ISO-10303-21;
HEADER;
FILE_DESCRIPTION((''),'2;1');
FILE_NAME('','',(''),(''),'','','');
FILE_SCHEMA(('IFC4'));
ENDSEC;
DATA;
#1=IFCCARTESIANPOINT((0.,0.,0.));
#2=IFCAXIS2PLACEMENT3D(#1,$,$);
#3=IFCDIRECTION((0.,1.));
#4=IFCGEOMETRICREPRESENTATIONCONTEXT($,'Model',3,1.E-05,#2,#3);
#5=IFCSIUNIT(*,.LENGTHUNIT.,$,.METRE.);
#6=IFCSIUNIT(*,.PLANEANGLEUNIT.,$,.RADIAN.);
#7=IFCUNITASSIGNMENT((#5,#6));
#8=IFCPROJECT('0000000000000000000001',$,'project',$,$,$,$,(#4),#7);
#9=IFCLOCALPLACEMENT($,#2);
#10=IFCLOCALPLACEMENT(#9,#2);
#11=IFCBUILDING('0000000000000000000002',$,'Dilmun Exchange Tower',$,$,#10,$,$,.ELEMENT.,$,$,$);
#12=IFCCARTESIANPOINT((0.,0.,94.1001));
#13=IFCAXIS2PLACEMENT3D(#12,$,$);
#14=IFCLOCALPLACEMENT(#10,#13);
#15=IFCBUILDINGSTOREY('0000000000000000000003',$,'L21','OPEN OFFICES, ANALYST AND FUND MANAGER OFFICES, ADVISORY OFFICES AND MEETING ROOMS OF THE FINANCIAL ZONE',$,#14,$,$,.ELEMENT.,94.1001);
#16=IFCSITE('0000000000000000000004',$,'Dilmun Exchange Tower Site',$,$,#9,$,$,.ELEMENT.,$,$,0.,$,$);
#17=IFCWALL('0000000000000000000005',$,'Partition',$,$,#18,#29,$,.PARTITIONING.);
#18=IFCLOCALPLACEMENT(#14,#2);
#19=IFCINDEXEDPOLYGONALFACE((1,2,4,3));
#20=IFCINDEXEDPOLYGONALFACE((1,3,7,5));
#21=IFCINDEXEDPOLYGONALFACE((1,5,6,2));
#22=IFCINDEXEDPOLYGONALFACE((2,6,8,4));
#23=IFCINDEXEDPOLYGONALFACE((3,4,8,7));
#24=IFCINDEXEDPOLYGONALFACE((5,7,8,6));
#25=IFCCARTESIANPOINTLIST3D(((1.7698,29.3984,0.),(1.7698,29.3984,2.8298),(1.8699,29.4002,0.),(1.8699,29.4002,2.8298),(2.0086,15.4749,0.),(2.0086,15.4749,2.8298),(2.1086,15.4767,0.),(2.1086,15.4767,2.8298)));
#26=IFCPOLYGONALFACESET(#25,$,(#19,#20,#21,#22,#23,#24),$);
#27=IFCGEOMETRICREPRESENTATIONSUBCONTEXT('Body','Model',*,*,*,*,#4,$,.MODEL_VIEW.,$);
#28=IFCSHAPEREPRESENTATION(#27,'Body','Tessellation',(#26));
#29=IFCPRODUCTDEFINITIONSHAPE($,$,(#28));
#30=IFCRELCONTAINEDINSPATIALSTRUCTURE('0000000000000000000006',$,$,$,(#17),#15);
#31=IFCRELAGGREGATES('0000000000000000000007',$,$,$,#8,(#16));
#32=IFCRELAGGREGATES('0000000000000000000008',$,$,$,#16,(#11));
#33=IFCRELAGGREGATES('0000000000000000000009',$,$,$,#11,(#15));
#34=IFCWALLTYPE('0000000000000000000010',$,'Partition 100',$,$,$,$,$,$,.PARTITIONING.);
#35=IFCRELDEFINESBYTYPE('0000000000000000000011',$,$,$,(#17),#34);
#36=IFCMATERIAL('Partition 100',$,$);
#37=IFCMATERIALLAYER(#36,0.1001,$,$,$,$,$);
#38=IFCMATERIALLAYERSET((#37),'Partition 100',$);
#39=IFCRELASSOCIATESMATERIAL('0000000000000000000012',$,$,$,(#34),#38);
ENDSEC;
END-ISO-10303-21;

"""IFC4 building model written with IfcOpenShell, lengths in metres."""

from ifc_helpers import new_model, si_unit, direction, frame, frame_2d, origin, place, context, subcontext, project, spatial, rectangle, extrude, material, layer, layer_set, type_object, element, save


model = new_model("IFC4")

# Units and contexts
model_context = context("Model", 3, precision=1e-05, world=origin(), true_north=direction((0.0, 1.0)))
body_context = subcontext(model_context, "Body", "Model", "MODEL_VIEW")
ifc_project = project(units=[si_unit("LENGTHUNIT", "METRE"), si_unit("PLANEANGLEUNIT", "RADIAN")], contexts=[model_context])

# Site, building, storey
site_placement = place(None, origin())
site = spatial("IfcSite", under=ifc_project, at=site_placement, Name="Dilmun Exchange Tower Site", CompositionType="ELEMENT", RefElevation=0.0)
building_placement = place(site_placement, origin())
building = spatial("IfcBuilding", under=site, at=building_placement, Name="Dilmun Exchange Tower", CompositionType="ELEMENT")
storey_placement = place(building_placement, frame((0.0, 0.0, 94.1001)))
storey = spatial("IfcBuildingStorey", under=building, at=storey_placement, Name="L21", Description="OPEN OFFICES, ANALYST AND FUND MANAGER OFFICES, ADVISORY OFFICES AND MEETING ROOMS OF THE FINANCIAL ZONE", CompositionType="ELEMENT", Elevation=94.1001)

# Wall
ifc_material_1 = material(Name="Partition 100")
ifc_layer_1 = layer(ifc_material_1, 0.1001)
ifc_layer_set_1 = layer_set([ifc_layer_1], Name="Partition 100")
wall_type = type_object("IfcWallType", Name="Partition 100", PredefinedType="PARTITIONING", material=ifc_layer_set_1)
wall_placement = place(storey_placement, frame((1.8198, 29.3994, 0.0), z_axis=(0.0, 0.0, 1.0), x_axis=(0.017146, -0.999853, 0.0)))
element("IfcWall", 1, at=wall_placement, inside=storey, type_object=wall_type, Name="Partition", PredefinedType="PARTITIONING", context=body_context, shape_type="SweptSolid", body=[
    extrude(rectangle(XDim=13.9255, YDim=0.1001, at=frame_2d((6.9629, 0.0))), origin(), (0.0, 0.0, 1.0), 2.8298),
])

save(model, "model.ifc")
